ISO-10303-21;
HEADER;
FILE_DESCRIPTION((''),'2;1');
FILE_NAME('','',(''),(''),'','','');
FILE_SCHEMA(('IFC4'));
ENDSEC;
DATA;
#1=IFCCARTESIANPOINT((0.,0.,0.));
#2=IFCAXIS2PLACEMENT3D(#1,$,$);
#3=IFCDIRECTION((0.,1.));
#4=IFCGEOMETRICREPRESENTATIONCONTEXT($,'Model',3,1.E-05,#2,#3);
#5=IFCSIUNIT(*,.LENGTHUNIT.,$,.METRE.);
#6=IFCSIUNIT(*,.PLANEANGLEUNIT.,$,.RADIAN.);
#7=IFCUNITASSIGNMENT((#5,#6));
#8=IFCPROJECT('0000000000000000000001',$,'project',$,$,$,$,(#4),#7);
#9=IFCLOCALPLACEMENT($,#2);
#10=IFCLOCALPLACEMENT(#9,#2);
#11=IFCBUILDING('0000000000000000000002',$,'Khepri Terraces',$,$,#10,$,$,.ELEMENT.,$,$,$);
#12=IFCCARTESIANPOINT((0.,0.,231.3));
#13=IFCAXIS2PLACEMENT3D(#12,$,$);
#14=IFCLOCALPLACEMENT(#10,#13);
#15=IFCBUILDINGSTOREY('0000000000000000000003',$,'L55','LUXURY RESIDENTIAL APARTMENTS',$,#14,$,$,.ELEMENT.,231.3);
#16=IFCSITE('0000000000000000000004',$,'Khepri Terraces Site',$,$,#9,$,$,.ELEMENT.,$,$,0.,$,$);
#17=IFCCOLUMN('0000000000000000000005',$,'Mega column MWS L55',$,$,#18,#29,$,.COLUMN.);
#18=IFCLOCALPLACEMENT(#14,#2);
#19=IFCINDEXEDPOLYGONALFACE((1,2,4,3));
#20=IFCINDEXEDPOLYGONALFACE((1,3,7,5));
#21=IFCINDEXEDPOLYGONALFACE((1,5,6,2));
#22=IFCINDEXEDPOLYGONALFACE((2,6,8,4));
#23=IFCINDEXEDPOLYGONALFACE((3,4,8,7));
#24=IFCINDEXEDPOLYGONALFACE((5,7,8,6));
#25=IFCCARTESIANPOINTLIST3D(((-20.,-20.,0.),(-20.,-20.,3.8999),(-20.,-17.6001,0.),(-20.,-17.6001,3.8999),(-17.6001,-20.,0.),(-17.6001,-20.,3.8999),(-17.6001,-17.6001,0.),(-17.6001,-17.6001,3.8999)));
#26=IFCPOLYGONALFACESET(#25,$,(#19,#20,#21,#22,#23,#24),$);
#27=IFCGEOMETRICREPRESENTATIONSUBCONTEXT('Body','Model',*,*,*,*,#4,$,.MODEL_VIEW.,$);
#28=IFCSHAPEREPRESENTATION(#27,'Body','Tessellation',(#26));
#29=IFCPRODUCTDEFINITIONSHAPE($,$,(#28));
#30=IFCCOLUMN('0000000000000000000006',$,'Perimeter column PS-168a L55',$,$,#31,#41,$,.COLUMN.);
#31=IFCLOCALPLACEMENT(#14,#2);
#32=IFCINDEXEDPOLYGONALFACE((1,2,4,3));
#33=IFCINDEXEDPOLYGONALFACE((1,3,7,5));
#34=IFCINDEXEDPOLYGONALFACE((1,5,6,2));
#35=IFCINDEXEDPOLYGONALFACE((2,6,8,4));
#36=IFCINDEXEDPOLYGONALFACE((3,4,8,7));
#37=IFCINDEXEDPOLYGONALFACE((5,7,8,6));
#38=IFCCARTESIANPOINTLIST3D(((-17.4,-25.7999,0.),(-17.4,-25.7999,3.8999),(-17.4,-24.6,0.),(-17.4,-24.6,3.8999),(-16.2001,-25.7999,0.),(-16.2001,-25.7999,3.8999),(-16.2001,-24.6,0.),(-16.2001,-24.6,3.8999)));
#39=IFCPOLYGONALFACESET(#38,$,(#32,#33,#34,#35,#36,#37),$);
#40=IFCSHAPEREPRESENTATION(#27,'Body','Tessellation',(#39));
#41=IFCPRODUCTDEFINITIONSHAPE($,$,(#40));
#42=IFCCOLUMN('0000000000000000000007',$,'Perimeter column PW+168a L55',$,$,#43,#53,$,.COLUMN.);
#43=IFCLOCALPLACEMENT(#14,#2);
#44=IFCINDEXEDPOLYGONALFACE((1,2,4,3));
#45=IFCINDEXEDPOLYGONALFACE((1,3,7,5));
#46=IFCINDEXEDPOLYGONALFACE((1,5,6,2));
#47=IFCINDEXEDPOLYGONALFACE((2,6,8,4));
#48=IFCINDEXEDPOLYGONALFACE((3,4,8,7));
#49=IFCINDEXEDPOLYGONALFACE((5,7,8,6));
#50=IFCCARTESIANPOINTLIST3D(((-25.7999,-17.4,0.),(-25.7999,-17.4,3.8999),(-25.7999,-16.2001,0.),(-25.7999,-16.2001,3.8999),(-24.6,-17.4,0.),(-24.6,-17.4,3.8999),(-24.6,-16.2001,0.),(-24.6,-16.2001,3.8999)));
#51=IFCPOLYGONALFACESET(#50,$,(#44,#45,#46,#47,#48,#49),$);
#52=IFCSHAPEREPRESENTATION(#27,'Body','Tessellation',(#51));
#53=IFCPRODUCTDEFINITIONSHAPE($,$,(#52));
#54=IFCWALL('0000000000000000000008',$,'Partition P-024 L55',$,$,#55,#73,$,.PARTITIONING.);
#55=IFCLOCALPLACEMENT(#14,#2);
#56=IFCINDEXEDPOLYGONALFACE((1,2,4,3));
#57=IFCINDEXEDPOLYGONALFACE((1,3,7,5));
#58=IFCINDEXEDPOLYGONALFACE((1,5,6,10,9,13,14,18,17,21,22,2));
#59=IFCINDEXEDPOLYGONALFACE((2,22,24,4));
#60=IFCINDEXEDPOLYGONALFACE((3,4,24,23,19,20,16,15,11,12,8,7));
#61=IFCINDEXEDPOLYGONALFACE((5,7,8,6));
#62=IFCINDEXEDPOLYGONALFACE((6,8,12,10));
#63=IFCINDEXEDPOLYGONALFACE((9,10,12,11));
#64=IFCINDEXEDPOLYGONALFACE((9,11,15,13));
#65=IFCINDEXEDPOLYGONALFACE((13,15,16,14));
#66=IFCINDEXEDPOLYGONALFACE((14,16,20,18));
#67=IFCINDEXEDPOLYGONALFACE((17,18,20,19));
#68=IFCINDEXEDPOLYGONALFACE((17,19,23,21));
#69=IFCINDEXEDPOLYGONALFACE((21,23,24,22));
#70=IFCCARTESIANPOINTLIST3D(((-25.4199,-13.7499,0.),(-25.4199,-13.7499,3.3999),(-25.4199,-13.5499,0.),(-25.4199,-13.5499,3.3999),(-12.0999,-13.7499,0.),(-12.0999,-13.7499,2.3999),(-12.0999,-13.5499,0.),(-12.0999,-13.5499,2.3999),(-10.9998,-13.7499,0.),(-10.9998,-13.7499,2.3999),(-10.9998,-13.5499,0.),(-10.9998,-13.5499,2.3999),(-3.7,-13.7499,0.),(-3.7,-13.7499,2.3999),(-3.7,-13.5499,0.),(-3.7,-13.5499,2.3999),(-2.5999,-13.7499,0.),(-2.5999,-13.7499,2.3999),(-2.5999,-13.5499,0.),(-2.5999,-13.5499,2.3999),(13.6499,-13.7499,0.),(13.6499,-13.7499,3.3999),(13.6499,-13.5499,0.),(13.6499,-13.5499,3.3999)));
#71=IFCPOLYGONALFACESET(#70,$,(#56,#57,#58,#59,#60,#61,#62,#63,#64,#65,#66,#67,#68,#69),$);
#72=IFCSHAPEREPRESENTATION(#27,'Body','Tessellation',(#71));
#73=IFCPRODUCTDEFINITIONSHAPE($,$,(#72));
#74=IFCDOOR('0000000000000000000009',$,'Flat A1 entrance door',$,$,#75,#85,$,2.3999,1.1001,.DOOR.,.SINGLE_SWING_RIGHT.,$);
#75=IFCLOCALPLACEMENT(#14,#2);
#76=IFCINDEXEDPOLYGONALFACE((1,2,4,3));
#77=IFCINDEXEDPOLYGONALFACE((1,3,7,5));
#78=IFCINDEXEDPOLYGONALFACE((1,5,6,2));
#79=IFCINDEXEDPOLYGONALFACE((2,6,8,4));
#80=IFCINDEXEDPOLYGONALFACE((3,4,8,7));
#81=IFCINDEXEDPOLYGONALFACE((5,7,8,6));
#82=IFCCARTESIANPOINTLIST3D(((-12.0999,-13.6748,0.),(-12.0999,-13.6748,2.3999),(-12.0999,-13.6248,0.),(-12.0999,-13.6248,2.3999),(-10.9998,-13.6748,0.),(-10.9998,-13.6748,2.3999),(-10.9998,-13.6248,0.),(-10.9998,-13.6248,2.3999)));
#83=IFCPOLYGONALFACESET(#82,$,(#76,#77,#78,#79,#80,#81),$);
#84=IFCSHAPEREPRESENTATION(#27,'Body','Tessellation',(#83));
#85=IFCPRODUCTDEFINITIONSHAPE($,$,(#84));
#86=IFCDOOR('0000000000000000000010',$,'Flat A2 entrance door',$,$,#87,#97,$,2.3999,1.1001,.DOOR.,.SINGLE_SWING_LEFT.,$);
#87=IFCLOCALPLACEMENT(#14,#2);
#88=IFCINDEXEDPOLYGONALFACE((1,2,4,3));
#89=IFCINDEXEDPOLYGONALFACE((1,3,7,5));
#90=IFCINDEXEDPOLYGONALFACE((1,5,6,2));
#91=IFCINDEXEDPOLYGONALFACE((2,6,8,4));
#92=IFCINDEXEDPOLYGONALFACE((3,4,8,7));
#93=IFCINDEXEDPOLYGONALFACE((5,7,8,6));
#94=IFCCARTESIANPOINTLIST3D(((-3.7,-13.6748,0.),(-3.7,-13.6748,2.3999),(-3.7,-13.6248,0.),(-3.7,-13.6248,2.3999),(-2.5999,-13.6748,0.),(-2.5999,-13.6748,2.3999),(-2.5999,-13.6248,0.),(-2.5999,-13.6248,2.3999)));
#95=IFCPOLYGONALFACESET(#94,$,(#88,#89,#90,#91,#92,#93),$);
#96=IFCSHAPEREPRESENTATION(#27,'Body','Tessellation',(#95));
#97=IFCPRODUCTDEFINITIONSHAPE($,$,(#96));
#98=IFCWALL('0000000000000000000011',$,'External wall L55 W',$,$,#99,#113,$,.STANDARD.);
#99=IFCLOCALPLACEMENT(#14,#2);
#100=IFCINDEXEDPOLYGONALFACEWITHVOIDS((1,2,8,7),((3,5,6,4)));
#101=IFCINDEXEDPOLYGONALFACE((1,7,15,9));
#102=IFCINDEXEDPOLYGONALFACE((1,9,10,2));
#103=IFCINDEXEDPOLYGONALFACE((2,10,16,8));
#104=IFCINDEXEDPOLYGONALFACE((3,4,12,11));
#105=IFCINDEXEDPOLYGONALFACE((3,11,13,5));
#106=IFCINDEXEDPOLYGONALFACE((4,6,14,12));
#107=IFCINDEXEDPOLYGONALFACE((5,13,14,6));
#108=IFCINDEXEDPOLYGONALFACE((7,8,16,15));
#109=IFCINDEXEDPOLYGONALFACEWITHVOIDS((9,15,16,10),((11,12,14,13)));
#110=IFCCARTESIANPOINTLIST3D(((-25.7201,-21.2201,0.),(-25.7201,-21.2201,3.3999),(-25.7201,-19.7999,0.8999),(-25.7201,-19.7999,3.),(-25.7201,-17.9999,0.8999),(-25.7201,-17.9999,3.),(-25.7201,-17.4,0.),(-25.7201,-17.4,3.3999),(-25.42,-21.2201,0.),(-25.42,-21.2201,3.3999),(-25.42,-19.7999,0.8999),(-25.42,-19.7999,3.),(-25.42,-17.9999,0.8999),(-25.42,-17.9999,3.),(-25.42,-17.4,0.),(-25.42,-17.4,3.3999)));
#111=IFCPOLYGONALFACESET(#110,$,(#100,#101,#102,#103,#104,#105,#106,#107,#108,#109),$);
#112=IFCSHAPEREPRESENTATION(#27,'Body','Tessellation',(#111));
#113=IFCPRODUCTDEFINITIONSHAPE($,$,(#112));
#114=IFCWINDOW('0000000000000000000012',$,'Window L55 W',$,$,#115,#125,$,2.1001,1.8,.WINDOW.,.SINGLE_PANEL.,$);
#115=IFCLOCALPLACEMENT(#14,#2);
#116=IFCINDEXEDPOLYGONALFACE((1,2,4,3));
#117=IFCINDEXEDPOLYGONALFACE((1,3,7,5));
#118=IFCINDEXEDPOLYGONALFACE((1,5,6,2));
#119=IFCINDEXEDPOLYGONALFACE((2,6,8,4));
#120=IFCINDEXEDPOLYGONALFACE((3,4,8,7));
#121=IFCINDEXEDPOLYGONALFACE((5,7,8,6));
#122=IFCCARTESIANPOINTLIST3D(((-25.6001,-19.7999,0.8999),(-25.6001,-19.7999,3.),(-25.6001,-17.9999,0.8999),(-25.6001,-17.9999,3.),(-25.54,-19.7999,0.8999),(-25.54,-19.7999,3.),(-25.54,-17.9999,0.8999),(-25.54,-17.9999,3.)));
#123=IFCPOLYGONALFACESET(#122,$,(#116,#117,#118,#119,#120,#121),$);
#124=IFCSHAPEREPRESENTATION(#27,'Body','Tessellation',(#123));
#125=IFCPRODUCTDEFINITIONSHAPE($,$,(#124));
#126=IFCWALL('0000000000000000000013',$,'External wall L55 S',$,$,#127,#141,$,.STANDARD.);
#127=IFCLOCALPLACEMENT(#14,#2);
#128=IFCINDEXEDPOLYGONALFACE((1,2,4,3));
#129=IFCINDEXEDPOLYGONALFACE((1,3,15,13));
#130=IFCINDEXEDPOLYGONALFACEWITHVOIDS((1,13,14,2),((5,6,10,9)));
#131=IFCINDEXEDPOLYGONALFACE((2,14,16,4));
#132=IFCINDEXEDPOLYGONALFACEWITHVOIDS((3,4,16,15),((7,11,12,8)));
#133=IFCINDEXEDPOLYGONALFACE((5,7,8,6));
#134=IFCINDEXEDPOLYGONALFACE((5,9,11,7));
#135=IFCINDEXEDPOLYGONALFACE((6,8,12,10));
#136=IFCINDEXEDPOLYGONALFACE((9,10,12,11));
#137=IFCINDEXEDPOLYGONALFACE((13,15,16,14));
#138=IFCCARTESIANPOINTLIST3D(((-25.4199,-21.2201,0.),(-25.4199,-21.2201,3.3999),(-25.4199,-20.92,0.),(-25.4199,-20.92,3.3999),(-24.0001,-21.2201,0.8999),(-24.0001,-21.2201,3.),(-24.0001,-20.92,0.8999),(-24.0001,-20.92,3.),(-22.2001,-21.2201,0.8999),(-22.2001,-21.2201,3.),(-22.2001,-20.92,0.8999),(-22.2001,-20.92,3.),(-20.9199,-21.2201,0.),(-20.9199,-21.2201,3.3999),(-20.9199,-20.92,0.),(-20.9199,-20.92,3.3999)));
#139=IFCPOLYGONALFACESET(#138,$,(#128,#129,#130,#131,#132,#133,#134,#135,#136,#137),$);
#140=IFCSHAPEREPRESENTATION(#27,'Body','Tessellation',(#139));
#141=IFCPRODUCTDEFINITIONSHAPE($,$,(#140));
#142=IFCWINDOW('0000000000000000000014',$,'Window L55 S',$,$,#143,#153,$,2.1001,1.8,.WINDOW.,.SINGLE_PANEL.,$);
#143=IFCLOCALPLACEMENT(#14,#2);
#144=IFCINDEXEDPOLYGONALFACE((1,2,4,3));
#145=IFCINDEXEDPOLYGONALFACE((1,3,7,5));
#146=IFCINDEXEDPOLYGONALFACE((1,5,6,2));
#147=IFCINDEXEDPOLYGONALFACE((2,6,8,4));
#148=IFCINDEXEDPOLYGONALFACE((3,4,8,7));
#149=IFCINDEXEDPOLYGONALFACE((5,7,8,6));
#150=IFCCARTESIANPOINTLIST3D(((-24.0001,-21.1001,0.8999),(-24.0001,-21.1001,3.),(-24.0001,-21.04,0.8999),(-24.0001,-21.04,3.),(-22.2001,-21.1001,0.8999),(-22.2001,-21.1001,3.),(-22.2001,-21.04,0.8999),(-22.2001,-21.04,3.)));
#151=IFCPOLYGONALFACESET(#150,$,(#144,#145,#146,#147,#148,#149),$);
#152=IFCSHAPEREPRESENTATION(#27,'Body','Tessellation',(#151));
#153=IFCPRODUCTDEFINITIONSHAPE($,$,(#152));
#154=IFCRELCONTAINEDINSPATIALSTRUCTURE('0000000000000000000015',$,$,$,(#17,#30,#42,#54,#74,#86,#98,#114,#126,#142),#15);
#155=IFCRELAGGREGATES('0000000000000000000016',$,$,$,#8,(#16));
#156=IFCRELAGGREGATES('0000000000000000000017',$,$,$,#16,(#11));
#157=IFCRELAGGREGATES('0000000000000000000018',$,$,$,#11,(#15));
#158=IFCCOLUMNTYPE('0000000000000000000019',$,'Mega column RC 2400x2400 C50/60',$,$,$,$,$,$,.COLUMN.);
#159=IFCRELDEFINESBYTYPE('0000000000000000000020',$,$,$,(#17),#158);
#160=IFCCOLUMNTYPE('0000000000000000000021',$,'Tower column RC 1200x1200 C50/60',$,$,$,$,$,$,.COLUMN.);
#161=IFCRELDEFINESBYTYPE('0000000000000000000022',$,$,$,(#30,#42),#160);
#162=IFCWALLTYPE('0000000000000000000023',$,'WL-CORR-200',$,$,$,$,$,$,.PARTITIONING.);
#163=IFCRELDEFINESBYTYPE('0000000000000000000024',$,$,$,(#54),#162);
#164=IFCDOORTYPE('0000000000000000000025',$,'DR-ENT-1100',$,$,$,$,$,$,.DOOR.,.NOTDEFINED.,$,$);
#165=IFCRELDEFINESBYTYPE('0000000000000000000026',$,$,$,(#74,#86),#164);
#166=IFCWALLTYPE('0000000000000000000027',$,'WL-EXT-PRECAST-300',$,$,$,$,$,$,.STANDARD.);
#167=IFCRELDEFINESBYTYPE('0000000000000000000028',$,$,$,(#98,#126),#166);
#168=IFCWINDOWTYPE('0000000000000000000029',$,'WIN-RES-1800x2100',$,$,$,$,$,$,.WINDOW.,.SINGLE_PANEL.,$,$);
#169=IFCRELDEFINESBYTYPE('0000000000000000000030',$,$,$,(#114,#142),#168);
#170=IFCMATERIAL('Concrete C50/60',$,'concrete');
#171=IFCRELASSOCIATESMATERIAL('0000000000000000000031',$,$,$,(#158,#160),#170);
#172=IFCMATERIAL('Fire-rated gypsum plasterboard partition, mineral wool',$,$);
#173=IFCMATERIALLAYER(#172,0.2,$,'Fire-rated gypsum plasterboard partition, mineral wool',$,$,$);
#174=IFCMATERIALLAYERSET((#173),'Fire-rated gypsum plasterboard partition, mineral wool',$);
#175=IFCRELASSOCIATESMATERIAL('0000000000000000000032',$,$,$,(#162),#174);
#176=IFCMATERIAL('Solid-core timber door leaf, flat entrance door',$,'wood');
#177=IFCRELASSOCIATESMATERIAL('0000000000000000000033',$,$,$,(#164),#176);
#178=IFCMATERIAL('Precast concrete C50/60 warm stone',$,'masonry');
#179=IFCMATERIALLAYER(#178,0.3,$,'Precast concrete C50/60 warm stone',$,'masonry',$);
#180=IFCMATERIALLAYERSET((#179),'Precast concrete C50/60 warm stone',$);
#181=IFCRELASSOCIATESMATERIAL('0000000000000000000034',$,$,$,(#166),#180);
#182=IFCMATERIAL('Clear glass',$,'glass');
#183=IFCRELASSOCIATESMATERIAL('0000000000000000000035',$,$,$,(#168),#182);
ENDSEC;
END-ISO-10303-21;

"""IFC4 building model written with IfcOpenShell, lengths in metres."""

from ifc_helpers import new_model, si_unit, direction, frame, frame_2d, origin, origin_2d, place, context, subcontext, project, spatial, rectangle, extrude, material, layer, layer_set, material_profile, profile_set, type_object, element, fill, save


model = new_model("IFC4")

# Units and contexts
model_context = context("Model", 3, precision=1e-05, world=origin(), true_north=direction((0.0, 1.0)))
body_context = subcontext(model_context, "Body", "Model", "MODEL_VIEW")
ifc_project = project(units=[si_unit("LENGTHUNIT", "METRE"), si_unit("PLANEANGLEUNIT", "RADIAN")], contexts=[model_context])

# Site, building, storey
site_placement = place(None, origin())
site = spatial("IfcSite", under=ifc_project, at=site_placement, Name="Khepri Terraces Site", CompositionType="ELEMENT", RefElevation=0.0)
building_placement = place(site_placement, origin())
building = spatial("IfcBuilding", under=site, at=building_placement, Name="Khepri Terraces", CompositionType="ELEMENT")
storey_placement = place(building_placement, frame((0.0, 0.0, 231.3)))
storey = spatial("IfcBuildingStorey", under=building, at=storey_placement, Name="L55", Description="LUXURY RESIDENTIAL APARTMENTS", CompositionType="ELEMENT", Elevation=231.3)

# Columns
ifc_material_1 = material(Name="Concrete C50/60", Category="concrete")
ifc_material_profile_1 = material_profile(ifc_material_1, rectangle(XDim=2.3999, YDim=2.3999, at=origin_2d()), Name="Concrete C50/60", Category="concrete")
ifc_profile_set_1 = profile_set([ifc_material_profile_1], Name="Concrete C50/60")
column_type_1 = type_object("IfcColumnType", Name="Mega column RC 2400x2400 C50/60", PredefinedType="COLUMN", material=ifc_profile_set_1)
column_placement = place(storey_placement, frame((-18.8, -18.8, 0.0), z_axis=(0.0, 0.0, 1.0), x_axis=(1.0, 0.0, 0.0)))
element("IfcColumn", 1, at=column_placement, inside=storey, type_object=column_type_1, Name="Mega column MWS L55", PredefinedType="COLUMN", context=body_context, shape_type="SweptSolid", body=[
    extrude(rectangle(XDim=2.3999, YDim=2.3999, at=origin_2d()), origin(), (0.0, 0.0, 1.0), 3.8999),
])
ifc_material_profile_2 = material_profile(ifc_material_1, rectangle(XDim=1.2, YDim=1.2, at=origin_2d()), Name="Concrete C50/60", Category="concrete")
ifc_profile_set_2 = profile_set([ifc_material_profile_2], Name="Concrete C50/60")
column_type_2 = type_object("IfcColumnType", Name="Tower column RC 1200x1200 C50/60", PredefinedType="COLUMN", material=ifc_profile_set_2)
for number, where, z_axis, x_axis, name in (
    (2, (-16.8, -25.2, 0.0), (0.0, 0.0, 1.0), (1.0, 0.0, 0.0), "Perimeter column PS-168a L55"),
    (3, (-25.2, -16.8, 0.0), (0.0, 0.0, 1.0), (1.0, 0.0, 0.0), "Perimeter column PW+168a L55"),
):
    element("IfcColumn", number, at=place(storey_placement, frame(where, z_axis=z_axis, x_axis=x_axis)), inside=storey, type_object=column_type_2, Name=name, PredefinedType="COLUMN", context=body_context, shape_type="SweptSolid", body=[
        extrude(rectangle(XDim=1.2, YDim=1.2, at=origin_2d()), origin(), (0.0, 0.0, 1.0), 3.8999),
    ])

# Wall, openings, doors
ifc_material_2 = material(Name="Fire-rated gypsum plasterboard partition, mineral wool")
ifc_layer_1 = layer(ifc_material_2, 0.2, Name="Fire-rated gypsum plasterboard partition, mineral wool")
ifc_layer_set_1 = layer_set([ifc_layer_1], Name="Fire-rated gypsum plasterboard partition, mineral wool")
wall_type_1 = type_object("IfcWallType", Name="WL-CORR-200", PredefinedType="PARTITIONING", material=ifc_layer_set_1)
wall_1_placement = place(storey_placement, frame((-25.4199, -13.6499, 0.0), z_axis=(0.0, 0.0, 1.0), x_axis=(1.0, 0.0, 0.0)))
wall_1 = element("IfcWall", 4, at=wall_1_placement, inside=storey, type_object=wall_type_1, Name="Partition P-024 L55", PredefinedType="PARTITIONING", context=body_context, shape_type="SweptSolid", body=[
    extrude(rectangle(XDim=39.0698, YDim=0.2, at=frame_2d((19.5349, 0.0))), origin(), (0.0, 0.0, 1.0), 3.3999),
])
opening_1_placement = place(wall_1_placement, frame((13.3201, 0.0, 0.0)))
opening_1 = element("IfcOpeningElement", 5, at=opening_1_placement, cuts=wall_1, PredefinedType="OPENING", context=body_context, shape_type="SweptSolid", body=[
    extrude(rectangle(XDim=1.1001, YDim=2.3999, at=frame_2d((0.55, 1.2))), frame((0.0, 0.1099, 0.0), z_axis=(0.0, -1.0, 0.0), x_axis=(1.0, 0.0, 0.0)), (0.0, 0.0, 1.0), 0.22),
])
opening_2_placement = place(wall_1_placement, frame((21.72, 0.0, 0.0)))
opening_2 = element("IfcOpeningElement", 6, at=opening_2_placement, cuts=wall_1, PredefinedType="OPENING", context=body_context, shape_type="SweptSolid", body=[
    extrude(rectangle(XDim=1.1001, YDim=2.3999, at=frame_2d((0.55, 1.2))), frame((0.0, 0.1099, 0.0), z_axis=(0.0, -1.0, 0.0), x_axis=(1.0, 0.0, 0.0)), (0.0, 0.0, 1.0), 0.22),
])
ifc_material_3 = material(Name="Solid-core timber door leaf, flat entrance door", Category="wood")
door_type_1 = type_object("IfcDoorType", Name="DR-ENT-1100", OperationType="NOTDEFINED", PredefinedType="DOOR", material=ifc_material_3)
door_1_placement = place(opening_1_placement, frame((1.1001, 0.0, 0.0), z_axis=(0.0, 0.0, 1.0), x_axis=(-1.0, 0.0, 0.0)))
door_1 = element("IfcDoor", 7, at=door_1_placement, inside=storey, type_object=door_type_1, Name="Flat A1 entrance door", OperationType="SINGLE_SWING_RIGHT", OverallHeight=2.3999, OverallWidth=1.1001, PredefinedType="DOOR", context=body_context, shape_type="SweptSolid", body=[
    extrude(rectangle(XDim=1.1001, YDim=2.3999, at=frame_2d((0.55, 1.2))), frame((0.0, 0.0249, 0.0), z_axis=(0.0, -1.0, 0.0), x_axis=(1.0, 0.0, 0.0)), (0.0, 0.0, 1.0), 0.05),
])
fill(opening_1, door_1)
door_2_placement = place(opening_2_placement, frame((1.1001, 0.0, 0.0), z_axis=(0.0, 0.0, 1.0), x_axis=(-1.0, 0.0, 0.0)))
door_2 = element("IfcDoor", 8, at=door_2_placement, inside=storey, type_object=door_type_1, Name="Flat A2 entrance door", OperationType="SINGLE_SWING_LEFT", OverallHeight=2.3999, OverallWidth=1.1001, PredefinedType="DOOR", context=body_context, shape_type="SweptSolid", body=[
    extrude(rectangle(XDim=1.1001, YDim=2.3999, at=frame_2d((0.55, 1.2))), frame((0.0, 0.0249, 0.0), z_axis=(0.0, -1.0, 0.0), x_axis=(1.0, 0.0, 0.0)), (0.0, 0.0, 1.0), 0.05),
])
fill(opening_2, door_2)

# Walls, openings, windows
ifc_material_4 = material(Name="Precast concrete C50/60 warm stone", Category="masonry")
ifc_layer_2 = layer(ifc_material_4, 0.3, Name="Precast concrete C50/60 warm stone", Category="masonry")
ifc_layer_set_2 = layer_set([ifc_layer_2], Name="Precast concrete C50/60 warm stone")
wall_type_2 = type_object("IfcWallType", Name="WL-EXT-PRECAST-300", PredefinedType="STANDARD", material=ifc_layer_set_2)
wall_2_placement = place(storey_placement, frame((-25.5701, -17.3999, 0.0), z_axis=(0.0, 0.0, 1.0), x_axis=(0.0, -1.0, 0.0)))
wall_2 = element("IfcWall", 9, at=wall_2_placement, inside=storey, type_object=wall_type_2, Name="External wall L55 W", PredefinedType="STANDARD", context=body_context, shape_type="SweptSolid", body=[
    extrude(rectangle(XDim=3.8201, YDim=0.3, at=frame_2d((1.9102, 0.0))), origin(), (0.0, 0.0, 1.0), 3.3999),
])
opening_3_placement = place(wall_2_placement, frame((0.6001, 0.0, 0.8999)))
opening_3 = element("IfcOpeningElement", 10, at=opening_3_placement, cuts=wall_2, PredefinedType="OPENING", context=body_context, shape_type="SweptSolid", body=[
    extrude(rectangle(XDim=1.8, YDim=2.1001, at=frame_2d((0.8999, 1.05))), frame((0.0, 0.1602, 0.0), z_axis=(0.0, -1.0, 0.0), x_axis=(1.0, 0.0, 0.0)), (0.0, 0.0, 1.0), 0.3201),
])
ifc_material_5 = material(Name="Clear glass", Category="glass")
window_type = type_object("IfcWindowType", Name="WIN-RES-1800x2100", PartitioningType="SINGLE_PANEL", PredefinedType="WINDOW", material=ifc_material_5)
window_1_placement = place(opening_3_placement, origin())
window_1 = element("IfcWindow", 11, at=window_1_placement, inside=storey, type_object=window_type, Name="Window L55 W", OverallHeight=2.1001, OverallWidth=1.8, PartitioningType="SINGLE_PANEL", PredefinedType="WINDOW", context=body_context, shape_type="SweptSolid", body=[
    extrude(rectangle(XDim=1.8, YDim=2.1001, at=frame_2d((0.8999, 1.05))), frame((0.0, 0.03, 0.0), z_axis=(0.0, -1.0, 0.0), x_axis=(1.0, 0.0, 0.0)), (0.0, 0.0, 1.0), 0.0601),
])
fill(opening_3, window_1)
wall_3_placement = place(storey_placement, frame((-25.4199, -21.0701, 0.0), z_axis=(0.0, 0.0, 1.0), x_axis=(1.0, 0.0, 0.0)))
wall_3 = element("IfcWall", 12, at=wall_3_placement, inside=storey, type_object=wall_type_2, Name="External wall L55 S", PredefinedType="STANDARD", context=body_context, shape_type="SweptSolid", body=[
    extrude(rectangle(XDim=4.5, YDim=0.3, at=frame_2d((2.25, 0.0))), origin(), (0.0, 0.0, 1.0), 3.3999),
])
opening_4_placement = place(wall_3_placement, frame((1.4199, 0.0, 0.8999)))
opening_4 = element("IfcOpeningElement", 13, at=opening_4_placement, cuts=wall_3, PredefinedType="OPENING", context=body_context, shape_type="SweptSolid", body=[
    extrude(rectangle(XDim=1.8, YDim=2.1001, at=frame_2d((0.8999, 1.05))), frame((0.0, 0.1602, 0.0), z_axis=(0.0, -1.0, 0.0), x_axis=(1.0, 0.0, 0.0)), (0.0, 0.0, 1.0), 0.3201),
])
window_2_placement = place(opening_4_placement, origin())
window_2 = element("IfcWindow", 14, at=window_2_placement, inside=storey, type_object=window_type, Name="Window L55 S", OverallHeight=2.1001, OverallWidth=1.8, PartitioningType="SINGLE_PANEL", PredefinedType="WINDOW", context=body_context, shape_type="SweptSolid", body=[
    extrude(rectangle(XDim=1.8, YDim=2.1001, at=frame_2d((0.8999, 1.05))), frame((0.0, 0.03, 0.0), z_axis=(0.0, -1.0, 0.0), x_axis=(1.0, 0.0, 0.0)), (0.0, 0.0, 1.0), 0.0601),
])
fill(opening_4, window_2)

save(model, "model.ifc")
